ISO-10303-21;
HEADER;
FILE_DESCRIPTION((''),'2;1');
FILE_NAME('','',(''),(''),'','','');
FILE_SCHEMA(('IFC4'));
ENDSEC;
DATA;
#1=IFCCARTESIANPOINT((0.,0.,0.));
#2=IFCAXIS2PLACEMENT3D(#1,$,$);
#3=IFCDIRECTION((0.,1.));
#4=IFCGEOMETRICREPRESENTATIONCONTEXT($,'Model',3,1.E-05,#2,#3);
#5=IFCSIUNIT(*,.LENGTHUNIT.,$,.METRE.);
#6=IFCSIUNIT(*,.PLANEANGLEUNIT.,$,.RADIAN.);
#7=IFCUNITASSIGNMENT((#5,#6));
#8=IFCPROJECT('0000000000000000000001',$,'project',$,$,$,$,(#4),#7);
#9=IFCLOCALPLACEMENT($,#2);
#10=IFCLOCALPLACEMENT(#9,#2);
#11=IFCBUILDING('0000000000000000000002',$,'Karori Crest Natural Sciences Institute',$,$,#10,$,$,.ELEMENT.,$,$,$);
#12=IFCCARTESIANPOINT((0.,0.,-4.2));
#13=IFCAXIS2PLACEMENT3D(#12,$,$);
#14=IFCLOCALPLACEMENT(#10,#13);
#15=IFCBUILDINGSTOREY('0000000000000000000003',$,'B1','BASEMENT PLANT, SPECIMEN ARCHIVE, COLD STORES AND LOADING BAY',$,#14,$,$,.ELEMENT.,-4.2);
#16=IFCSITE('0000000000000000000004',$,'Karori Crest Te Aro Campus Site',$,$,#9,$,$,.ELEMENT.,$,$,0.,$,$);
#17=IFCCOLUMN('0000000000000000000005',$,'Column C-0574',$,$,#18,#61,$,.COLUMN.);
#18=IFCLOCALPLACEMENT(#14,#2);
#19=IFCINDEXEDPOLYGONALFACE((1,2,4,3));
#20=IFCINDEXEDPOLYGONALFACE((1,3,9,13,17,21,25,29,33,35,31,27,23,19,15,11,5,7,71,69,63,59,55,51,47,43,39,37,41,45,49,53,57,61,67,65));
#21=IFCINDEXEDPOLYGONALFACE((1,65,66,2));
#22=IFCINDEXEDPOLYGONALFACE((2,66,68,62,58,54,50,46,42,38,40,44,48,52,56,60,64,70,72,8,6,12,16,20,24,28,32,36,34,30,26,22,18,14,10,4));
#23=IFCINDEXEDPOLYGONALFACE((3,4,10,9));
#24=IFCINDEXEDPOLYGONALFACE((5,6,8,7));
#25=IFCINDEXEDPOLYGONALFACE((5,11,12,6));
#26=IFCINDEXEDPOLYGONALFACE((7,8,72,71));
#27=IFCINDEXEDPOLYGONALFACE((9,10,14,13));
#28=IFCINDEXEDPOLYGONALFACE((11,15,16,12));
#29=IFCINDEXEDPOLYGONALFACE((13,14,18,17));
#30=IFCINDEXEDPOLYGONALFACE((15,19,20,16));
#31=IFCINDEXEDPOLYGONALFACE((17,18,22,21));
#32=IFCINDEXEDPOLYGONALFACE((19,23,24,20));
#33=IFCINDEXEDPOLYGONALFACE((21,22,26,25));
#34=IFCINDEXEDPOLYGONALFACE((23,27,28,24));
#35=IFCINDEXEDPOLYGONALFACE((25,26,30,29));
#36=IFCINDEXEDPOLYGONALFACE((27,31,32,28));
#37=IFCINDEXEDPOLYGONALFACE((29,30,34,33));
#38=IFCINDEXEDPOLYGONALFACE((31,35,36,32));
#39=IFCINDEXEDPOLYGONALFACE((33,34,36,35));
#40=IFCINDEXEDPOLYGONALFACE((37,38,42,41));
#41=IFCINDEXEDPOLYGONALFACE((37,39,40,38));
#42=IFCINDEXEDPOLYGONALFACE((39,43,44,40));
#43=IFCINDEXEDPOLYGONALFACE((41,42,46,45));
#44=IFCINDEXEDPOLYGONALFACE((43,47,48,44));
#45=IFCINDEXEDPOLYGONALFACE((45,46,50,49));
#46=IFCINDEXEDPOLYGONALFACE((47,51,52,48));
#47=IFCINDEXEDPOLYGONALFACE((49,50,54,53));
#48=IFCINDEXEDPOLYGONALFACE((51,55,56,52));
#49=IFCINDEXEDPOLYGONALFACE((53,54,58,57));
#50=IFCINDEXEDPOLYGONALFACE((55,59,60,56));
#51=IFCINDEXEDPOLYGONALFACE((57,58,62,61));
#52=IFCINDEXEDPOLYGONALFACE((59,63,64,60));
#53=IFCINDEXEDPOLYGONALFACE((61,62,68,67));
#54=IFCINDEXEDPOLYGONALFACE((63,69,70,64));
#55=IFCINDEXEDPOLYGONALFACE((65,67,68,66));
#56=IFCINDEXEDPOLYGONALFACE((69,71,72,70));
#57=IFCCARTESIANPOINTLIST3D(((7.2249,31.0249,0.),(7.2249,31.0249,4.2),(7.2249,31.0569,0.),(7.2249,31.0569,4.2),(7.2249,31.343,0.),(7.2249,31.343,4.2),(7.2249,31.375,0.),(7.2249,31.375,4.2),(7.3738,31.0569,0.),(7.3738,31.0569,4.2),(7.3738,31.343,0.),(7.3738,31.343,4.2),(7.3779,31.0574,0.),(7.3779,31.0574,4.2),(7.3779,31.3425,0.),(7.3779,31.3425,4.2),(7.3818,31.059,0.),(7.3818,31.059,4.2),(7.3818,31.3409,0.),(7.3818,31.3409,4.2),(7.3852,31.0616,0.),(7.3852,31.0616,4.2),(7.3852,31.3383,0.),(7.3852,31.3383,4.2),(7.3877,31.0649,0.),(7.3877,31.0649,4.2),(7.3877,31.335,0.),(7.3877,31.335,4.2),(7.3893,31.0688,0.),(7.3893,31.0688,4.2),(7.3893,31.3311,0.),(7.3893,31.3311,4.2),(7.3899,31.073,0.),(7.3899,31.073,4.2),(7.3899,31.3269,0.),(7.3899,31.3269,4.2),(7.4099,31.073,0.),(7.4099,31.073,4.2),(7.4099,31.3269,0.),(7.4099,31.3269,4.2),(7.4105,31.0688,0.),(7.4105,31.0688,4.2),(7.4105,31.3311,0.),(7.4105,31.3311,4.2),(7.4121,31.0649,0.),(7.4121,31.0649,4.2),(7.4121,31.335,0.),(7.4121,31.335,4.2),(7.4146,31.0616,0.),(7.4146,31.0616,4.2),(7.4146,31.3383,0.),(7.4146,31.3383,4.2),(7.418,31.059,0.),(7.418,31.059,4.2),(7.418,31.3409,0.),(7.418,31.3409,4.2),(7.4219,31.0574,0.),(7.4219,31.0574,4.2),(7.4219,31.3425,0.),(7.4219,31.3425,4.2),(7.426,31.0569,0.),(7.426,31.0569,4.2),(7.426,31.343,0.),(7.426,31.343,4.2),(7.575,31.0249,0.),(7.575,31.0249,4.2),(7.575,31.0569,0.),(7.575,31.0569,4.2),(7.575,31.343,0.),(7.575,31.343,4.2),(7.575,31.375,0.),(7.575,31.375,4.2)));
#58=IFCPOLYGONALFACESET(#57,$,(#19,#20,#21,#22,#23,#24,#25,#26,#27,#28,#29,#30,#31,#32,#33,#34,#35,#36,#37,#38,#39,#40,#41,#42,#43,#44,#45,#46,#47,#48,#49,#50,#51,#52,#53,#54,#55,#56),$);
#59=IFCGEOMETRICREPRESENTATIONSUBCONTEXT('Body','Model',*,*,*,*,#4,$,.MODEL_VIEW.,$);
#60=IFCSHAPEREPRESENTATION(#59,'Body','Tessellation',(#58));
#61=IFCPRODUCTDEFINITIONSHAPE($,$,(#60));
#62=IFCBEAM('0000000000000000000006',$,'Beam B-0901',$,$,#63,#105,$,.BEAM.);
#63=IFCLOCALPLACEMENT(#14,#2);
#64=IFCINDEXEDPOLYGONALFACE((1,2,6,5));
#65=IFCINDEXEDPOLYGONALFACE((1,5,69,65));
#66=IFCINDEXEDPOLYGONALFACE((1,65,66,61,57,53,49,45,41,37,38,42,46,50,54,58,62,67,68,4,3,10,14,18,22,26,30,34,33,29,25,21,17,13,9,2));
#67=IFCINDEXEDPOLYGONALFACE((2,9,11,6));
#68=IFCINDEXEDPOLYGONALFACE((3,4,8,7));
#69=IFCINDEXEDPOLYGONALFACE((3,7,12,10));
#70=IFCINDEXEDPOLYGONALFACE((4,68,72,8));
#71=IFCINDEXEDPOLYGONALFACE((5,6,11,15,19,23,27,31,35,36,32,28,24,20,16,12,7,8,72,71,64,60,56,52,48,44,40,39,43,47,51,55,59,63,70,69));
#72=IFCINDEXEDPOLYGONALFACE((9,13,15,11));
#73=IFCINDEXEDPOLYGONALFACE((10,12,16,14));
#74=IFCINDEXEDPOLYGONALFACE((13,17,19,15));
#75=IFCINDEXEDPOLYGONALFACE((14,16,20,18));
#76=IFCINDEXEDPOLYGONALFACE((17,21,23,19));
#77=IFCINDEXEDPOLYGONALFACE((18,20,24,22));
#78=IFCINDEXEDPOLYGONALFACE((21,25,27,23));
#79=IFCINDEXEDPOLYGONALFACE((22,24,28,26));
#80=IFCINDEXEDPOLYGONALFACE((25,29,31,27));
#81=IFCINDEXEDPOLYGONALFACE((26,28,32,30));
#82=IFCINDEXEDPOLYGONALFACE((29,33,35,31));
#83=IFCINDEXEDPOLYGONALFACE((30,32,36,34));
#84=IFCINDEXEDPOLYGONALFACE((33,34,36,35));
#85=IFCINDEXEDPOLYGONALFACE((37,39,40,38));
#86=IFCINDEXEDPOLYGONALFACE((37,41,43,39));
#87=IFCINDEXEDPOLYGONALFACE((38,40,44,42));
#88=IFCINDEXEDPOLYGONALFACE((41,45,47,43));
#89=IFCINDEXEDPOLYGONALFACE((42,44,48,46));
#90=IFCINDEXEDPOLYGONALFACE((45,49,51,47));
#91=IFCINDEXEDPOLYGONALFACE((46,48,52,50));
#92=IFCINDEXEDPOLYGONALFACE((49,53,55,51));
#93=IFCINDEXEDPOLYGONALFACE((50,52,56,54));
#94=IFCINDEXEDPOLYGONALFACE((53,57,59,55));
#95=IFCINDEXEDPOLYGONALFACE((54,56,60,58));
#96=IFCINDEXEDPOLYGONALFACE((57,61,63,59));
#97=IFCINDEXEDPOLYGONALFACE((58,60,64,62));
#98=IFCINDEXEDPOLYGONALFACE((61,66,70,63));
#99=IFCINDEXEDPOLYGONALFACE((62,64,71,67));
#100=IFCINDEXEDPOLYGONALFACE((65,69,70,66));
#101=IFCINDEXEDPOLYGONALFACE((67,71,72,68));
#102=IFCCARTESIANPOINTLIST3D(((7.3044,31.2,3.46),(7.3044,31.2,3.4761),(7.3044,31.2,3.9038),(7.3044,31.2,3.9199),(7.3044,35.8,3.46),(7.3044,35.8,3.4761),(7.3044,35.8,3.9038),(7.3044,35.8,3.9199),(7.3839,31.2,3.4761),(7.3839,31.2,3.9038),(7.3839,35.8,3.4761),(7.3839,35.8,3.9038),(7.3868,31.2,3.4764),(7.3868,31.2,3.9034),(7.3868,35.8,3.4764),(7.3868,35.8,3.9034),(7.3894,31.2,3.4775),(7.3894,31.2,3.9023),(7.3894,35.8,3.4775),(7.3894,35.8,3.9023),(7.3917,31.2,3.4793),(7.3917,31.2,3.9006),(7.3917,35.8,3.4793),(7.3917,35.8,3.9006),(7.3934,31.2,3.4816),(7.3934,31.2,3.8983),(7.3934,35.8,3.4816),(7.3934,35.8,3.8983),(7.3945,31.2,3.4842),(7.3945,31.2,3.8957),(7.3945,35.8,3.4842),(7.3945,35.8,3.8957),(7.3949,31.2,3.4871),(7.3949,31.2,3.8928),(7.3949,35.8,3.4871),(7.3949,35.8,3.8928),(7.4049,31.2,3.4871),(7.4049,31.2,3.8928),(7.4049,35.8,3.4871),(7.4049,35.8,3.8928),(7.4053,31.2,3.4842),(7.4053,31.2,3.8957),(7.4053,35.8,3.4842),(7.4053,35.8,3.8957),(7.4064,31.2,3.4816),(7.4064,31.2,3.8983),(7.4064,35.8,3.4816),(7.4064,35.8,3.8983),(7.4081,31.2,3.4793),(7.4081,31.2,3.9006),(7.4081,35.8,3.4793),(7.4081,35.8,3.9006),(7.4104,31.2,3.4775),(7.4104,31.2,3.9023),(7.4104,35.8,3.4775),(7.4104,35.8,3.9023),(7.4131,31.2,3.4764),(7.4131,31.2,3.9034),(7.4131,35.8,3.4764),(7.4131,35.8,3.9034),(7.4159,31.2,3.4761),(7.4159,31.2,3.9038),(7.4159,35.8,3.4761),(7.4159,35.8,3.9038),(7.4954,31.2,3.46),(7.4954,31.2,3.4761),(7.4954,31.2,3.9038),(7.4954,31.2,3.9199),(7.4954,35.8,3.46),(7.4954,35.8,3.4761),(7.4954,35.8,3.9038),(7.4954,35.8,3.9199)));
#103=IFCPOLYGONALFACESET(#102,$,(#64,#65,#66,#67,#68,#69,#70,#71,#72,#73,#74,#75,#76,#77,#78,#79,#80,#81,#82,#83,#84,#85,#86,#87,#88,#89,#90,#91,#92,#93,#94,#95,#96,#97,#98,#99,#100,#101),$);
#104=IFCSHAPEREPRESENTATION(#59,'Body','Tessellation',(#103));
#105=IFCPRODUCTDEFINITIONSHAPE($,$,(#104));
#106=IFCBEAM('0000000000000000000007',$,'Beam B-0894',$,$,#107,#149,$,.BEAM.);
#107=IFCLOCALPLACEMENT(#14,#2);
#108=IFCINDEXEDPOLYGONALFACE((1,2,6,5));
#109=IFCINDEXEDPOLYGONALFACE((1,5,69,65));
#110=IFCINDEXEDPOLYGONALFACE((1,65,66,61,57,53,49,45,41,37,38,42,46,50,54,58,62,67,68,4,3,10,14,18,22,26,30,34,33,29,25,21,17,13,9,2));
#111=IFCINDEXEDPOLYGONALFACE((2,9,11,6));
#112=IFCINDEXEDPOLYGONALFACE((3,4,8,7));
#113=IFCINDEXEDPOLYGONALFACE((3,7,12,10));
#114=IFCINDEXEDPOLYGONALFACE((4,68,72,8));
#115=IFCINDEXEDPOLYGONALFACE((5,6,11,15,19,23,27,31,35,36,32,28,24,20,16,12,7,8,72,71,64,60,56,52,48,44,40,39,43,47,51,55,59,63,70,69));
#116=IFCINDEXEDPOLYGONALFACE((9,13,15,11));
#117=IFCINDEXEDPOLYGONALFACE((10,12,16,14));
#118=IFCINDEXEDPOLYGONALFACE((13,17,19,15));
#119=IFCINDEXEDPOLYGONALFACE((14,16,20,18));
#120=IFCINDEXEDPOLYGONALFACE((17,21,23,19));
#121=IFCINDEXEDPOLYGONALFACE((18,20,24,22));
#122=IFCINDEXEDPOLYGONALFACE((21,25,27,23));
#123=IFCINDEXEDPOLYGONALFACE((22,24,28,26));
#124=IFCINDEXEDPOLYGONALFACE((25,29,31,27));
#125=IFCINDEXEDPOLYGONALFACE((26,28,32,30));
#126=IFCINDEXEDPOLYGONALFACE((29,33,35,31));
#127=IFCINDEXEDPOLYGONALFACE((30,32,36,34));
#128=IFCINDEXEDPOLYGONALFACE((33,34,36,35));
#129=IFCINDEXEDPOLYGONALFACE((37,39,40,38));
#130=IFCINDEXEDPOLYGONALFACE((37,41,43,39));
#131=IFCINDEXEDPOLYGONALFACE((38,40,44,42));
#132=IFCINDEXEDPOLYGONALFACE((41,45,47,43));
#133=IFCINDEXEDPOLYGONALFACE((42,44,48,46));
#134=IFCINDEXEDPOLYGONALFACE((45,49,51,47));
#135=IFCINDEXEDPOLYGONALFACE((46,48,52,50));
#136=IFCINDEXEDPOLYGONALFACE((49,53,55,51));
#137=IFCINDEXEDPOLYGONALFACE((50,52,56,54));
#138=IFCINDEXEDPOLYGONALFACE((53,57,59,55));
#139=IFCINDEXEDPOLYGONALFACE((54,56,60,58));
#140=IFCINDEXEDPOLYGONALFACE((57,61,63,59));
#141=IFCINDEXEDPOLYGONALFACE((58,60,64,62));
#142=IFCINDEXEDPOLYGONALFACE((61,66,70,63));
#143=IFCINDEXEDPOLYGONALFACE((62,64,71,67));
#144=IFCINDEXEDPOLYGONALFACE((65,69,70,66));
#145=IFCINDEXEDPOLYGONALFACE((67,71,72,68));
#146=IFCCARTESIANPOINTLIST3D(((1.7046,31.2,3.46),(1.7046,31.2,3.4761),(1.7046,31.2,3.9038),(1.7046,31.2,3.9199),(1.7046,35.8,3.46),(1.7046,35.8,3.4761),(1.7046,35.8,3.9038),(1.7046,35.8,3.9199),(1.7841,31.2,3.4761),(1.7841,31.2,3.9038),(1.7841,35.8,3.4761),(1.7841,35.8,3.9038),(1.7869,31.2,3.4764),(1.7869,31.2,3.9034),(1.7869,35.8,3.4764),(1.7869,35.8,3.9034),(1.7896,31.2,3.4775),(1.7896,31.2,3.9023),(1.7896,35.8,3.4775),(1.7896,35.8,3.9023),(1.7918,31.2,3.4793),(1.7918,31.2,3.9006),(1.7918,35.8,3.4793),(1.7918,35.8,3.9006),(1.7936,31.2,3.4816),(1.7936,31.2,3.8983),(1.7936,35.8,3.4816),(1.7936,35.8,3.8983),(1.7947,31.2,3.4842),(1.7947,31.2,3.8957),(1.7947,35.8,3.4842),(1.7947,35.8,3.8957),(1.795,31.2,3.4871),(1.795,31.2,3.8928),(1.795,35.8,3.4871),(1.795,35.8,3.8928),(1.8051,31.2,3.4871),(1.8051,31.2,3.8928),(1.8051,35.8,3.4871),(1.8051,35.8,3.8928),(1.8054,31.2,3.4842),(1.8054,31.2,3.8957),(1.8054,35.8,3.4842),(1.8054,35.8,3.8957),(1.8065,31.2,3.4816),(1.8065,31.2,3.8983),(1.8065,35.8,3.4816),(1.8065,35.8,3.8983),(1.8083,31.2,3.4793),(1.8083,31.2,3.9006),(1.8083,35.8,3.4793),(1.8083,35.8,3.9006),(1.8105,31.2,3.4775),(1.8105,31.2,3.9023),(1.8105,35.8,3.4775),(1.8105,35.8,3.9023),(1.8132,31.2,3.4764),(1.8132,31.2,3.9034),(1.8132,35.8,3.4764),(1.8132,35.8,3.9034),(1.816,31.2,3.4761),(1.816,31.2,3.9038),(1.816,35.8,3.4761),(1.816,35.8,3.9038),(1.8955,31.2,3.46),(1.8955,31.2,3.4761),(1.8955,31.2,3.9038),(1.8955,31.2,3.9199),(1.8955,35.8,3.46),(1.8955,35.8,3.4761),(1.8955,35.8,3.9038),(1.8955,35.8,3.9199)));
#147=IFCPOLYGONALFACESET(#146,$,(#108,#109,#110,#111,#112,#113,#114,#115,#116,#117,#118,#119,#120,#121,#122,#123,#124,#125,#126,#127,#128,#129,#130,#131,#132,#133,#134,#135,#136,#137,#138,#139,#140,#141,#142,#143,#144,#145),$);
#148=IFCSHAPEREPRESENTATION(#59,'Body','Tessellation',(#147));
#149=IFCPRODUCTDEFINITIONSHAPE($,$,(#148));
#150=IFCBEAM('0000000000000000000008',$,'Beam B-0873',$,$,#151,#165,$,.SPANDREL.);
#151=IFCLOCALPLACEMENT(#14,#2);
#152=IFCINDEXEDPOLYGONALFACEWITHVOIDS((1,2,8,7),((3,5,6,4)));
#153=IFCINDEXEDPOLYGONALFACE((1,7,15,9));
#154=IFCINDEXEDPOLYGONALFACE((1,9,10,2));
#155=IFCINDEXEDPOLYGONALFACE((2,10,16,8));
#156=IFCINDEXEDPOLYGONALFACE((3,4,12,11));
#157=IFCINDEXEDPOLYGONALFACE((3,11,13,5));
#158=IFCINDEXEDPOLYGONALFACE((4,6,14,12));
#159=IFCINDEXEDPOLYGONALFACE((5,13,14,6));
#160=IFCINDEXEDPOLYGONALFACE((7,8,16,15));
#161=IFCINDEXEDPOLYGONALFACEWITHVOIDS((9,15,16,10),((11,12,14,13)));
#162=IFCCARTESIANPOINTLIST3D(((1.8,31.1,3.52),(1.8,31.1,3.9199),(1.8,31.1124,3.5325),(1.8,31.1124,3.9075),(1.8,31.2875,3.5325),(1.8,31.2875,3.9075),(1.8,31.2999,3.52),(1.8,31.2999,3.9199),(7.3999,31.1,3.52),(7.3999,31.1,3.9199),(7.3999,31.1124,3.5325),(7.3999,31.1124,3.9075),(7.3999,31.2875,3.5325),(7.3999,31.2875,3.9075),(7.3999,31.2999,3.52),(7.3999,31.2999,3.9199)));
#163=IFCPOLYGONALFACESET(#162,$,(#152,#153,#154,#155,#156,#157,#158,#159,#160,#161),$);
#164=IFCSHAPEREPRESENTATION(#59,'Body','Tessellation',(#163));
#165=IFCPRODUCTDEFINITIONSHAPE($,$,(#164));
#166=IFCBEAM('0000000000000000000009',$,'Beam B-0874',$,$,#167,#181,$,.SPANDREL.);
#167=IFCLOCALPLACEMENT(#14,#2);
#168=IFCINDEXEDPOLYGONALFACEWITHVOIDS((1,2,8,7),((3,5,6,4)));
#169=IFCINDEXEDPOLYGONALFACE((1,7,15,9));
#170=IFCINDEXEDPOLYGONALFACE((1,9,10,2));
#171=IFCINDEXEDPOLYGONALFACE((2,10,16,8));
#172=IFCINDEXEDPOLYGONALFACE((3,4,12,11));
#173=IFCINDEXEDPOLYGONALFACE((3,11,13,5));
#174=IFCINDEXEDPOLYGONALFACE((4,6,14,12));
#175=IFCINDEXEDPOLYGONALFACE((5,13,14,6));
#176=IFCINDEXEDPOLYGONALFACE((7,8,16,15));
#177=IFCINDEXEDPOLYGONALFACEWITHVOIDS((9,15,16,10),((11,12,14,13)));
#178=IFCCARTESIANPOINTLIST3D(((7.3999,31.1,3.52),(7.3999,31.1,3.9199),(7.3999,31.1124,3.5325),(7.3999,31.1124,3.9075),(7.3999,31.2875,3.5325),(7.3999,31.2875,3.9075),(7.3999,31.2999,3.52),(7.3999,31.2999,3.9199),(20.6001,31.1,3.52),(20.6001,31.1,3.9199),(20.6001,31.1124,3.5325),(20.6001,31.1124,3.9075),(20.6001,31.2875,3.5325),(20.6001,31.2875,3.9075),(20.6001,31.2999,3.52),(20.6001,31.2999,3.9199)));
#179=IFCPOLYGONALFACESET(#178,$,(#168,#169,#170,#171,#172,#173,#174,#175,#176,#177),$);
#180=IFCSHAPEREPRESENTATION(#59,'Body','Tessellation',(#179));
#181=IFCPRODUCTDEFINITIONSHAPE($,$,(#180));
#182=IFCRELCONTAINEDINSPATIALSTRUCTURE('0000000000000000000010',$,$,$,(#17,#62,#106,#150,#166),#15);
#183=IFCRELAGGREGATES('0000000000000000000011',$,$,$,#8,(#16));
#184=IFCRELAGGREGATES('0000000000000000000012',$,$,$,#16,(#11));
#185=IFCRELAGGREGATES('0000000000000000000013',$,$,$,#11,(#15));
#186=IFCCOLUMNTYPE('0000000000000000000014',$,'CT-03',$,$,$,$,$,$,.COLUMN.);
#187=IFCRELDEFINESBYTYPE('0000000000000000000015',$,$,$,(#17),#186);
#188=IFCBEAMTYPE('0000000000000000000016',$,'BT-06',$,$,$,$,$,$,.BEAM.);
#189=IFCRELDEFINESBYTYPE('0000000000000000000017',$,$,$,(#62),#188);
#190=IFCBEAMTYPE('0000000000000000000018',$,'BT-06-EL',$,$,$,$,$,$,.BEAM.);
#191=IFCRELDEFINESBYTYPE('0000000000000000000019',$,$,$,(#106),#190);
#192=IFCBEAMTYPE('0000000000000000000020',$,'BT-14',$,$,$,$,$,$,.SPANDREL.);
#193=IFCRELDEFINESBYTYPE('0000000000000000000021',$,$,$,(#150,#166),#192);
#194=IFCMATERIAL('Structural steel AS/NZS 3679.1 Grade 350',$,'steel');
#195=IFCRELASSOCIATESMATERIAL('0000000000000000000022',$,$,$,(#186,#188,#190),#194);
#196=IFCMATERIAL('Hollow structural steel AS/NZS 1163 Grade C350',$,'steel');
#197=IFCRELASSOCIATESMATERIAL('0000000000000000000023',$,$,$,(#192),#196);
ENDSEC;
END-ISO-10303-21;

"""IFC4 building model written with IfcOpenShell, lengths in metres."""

from ifc_helpers import new_model, si_unit, direction, frame, origin, origin_2d, place, context, subcontext, project, spatial, hollow_rectangle, i_section, extrude, material, material_profile, profile_set, type_object, element, save


model = new_model("IFC4")

# Units and contexts
model_context = context("Model", 3, precision=1e-05, world=origin(), true_north=direction((0.0, 1.0)))
body_context = subcontext(model_context, "Body", "Model", "MODEL_VIEW")
ifc_project = project(units=[si_unit("LENGTHUNIT", "METRE"), si_unit("PLANEANGLEUNIT", "RADIAN")], contexts=[model_context])

# Site, building, storey
site_placement = place(None, origin())
site = spatial("IfcSite", under=ifc_project, at=site_placement, Name="Karori Crest Te Aro Campus Site", CompositionType="ELEMENT", RefElevation=0.0)
building_placement = place(site_placement, origin())
building = spatial("IfcBuilding", under=site, at=building_placement, Name="Karori Crest Natural Sciences Institute", CompositionType="ELEMENT")
storey_placement = place(building_placement, frame((0.0, 0.0, -4.2)))
storey = spatial("IfcBuildingStorey", under=building, at=storey_placement, Name="B1", Description="BASEMENT PLANT, SPECIMEN ARCHIVE, COLD STORES AND LOADING BAY", CompositionType="ELEMENT", Elevation=-4.2)

# Column
ifc_material_1 = material(Name="Structural steel AS/NZS 3679.1 Grade 350", Category="steel")
ifc_material_profile_1 = material_profile(ifc_material_1, i_section(OverallWidth=0.3501, OverallDepth=0.3501, WebThickness=0.02, FlangeThickness=0.032, FilletRadius=0.0161, at=origin_2d()), Name="350WC280")
ifc_profile_set_1 = profile_set([ifc_material_profile_1], Name="Structural steel AS/NZS 3679.1 Grade 350")
column_type = type_object("IfcColumnType", Name="CT-03", PredefinedType="COLUMN", material=ifc_profile_set_1)
for number, where, z_axis, x_axis, name in (
    (1, (7.3999, 31.2, 0.0), (0.0, 0.0, 1.0), (1.0, 0.0, 0.0), "Column C-0574"),
):
    element("IfcColumn", number, at=place(storey_placement, frame(where, z_axis=z_axis, x_axis=x_axis)), inside=storey, type_object=column_type, Name=name, PredefinedType="COLUMN", context=body_context, shape_type="SweptSolid", body=[
        extrude(i_section(OverallWidth=0.3501, OverallDepth=0.3501, WebThickness=0.02, FlangeThickness=0.032, FilletRadius=0.0161, at=origin_2d()), origin(), (0.0, 0.0, 1.0), 4.2),
    ])

# Beams
ifc_material_profile_2 = material_profile(ifc_material_1, i_section(OverallWidth=0.1909, OverallDepth=0.46, WebThickness=0.01, FlangeThickness=0.0161, FilletRadius=0.011, at=origin_2d()), Name="460UB82.1")
ifc_profile_set_2 = profile_set([ifc_material_profile_2], Name="Structural steel AS/NZS 3679.1 Grade 350")
beam_type_1 = type_object("IfcBeamType", Name="BT-06", PredefinedType="BEAM", material=ifc_profile_set_2)
beam_1_placement = place(storey_placement, frame((7.3999, 31.2, 3.6899), z_axis=(0.0, 1.0, 0.0), x_axis=(-1.0, 0.0, 0.0)))
element("IfcBeam", 2, at=beam_1_placement, inside=storey, type_object=beam_type_1, Name="Beam B-0901", PredefinedType="BEAM", context=body_context, shape_type="SweptSolid", body=[
    extrude(i_section(OverallWidth=0.1909, OverallDepth=0.46, WebThickness=0.01, FlangeThickness=0.0161, FilletRadius=0.011, at=origin_2d()), origin(), (0.0, 0.0, 1.0), 4.6001),
])
ifc_material_profile_3 = material_profile(ifc_material_1, i_section(OverallWidth=0.1909, OverallDepth=0.46, WebThickness=0.01, FlangeThickness=0.0161, FilletRadius=0.011, at=origin_2d()), Name="460UB82.1")
ifc_profile_set_3 = profile_set([ifc_material_profile_3], Name="Structural steel AS/NZS 3679.1 Grade 350")
beam_type_2 = type_object("IfcBeamType", Name="BT-06-EL", PredefinedType="BEAM", material=ifc_profile_set_3)
beam_2_placement = place(storey_placement, frame((1.8, 31.2, 3.6899), z_axis=(0.0, 1.0, 0.0), x_axis=(-1.0, 0.0, 0.0)))
element("IfcBeam", 3, at=beam_2_placement, inside=storey, type_object=beam_type_2, Name="Beam B-0894", PredefinedType="BEAM", context=body_context, shape_type="SweptSolid", body=[
    extrude(i_section(OverallWidth=0.1909, OverallDepth=0.46, WebThickness=0.01, FlangeThickness=0.0161, FilletRadius=0.011, at=origin_2d()), origin(), (0.0, 0.0, 1.0), 4.6001),
])
ifc_material_2 = material(Name="Hollow structural steel AS/NZS 1163 Grade C350", Category="steel")
ifc_material_profile_4 = material_profile(ifc_material_2, hollow_rectangle(XDim=0.2, YDim=0.3999, WallThickness=0.0125, at=origin_2d()), Name="RHS400x200x12.5")
ifc_profile_set_4 = profile_set([ifc_material_profile_4], Name="Hollow structural steel AS/NZS 1163 Grade C350")
beam_type_3 = type_object("IfcBeamType", Name="BT-14", PredefinedType="SPANDREL", material=ifc_profile_set_4)
beam_3_placement = place(storey_placement, frame((1.8, 31.2, 3.72), z_axis=(1.0, 0.0, 0.0), x_axis=(0.0, 1.0, 0.0)))
element("IfcBeam", 4, at=beam_3_placement, inside=storey, type_object=beam_type_3, Name="Beam B-0873", PredefinedType="SPANDREL", context=body_context, shape_type="SweptSolid", body=[
    extrude(hollow_rectangle(XDim=0.2, YDim=0.3999, WallThickness=0.0125, at=origin_2d()), origin(), (0.0, 0.0, 1.0), 5.5999),
])
beam_4_placement = place(storey_placement, frame((7.3999, 31.2, 3.72), z_axis=(1.0, 0.0, 0.0), x_axis=(0.0, 1.0, 0.0)))
element("IfcBeam", 5, at=beam_4_placement, inside=storey, type_object=beam_type_3, Name="Beam B-0874", PredefinedType="SPANDREL", context=body_context, shape_type="SweptSolid", body=[
    extrude(hollow_rectangle(XDim=0.2, YDim=0.3999, WallThickness=0.0125, at=origin_2d()), origin(), (0.0, 0.0, 1.0), 13.2002),
])

save(model, "model.ifc")
